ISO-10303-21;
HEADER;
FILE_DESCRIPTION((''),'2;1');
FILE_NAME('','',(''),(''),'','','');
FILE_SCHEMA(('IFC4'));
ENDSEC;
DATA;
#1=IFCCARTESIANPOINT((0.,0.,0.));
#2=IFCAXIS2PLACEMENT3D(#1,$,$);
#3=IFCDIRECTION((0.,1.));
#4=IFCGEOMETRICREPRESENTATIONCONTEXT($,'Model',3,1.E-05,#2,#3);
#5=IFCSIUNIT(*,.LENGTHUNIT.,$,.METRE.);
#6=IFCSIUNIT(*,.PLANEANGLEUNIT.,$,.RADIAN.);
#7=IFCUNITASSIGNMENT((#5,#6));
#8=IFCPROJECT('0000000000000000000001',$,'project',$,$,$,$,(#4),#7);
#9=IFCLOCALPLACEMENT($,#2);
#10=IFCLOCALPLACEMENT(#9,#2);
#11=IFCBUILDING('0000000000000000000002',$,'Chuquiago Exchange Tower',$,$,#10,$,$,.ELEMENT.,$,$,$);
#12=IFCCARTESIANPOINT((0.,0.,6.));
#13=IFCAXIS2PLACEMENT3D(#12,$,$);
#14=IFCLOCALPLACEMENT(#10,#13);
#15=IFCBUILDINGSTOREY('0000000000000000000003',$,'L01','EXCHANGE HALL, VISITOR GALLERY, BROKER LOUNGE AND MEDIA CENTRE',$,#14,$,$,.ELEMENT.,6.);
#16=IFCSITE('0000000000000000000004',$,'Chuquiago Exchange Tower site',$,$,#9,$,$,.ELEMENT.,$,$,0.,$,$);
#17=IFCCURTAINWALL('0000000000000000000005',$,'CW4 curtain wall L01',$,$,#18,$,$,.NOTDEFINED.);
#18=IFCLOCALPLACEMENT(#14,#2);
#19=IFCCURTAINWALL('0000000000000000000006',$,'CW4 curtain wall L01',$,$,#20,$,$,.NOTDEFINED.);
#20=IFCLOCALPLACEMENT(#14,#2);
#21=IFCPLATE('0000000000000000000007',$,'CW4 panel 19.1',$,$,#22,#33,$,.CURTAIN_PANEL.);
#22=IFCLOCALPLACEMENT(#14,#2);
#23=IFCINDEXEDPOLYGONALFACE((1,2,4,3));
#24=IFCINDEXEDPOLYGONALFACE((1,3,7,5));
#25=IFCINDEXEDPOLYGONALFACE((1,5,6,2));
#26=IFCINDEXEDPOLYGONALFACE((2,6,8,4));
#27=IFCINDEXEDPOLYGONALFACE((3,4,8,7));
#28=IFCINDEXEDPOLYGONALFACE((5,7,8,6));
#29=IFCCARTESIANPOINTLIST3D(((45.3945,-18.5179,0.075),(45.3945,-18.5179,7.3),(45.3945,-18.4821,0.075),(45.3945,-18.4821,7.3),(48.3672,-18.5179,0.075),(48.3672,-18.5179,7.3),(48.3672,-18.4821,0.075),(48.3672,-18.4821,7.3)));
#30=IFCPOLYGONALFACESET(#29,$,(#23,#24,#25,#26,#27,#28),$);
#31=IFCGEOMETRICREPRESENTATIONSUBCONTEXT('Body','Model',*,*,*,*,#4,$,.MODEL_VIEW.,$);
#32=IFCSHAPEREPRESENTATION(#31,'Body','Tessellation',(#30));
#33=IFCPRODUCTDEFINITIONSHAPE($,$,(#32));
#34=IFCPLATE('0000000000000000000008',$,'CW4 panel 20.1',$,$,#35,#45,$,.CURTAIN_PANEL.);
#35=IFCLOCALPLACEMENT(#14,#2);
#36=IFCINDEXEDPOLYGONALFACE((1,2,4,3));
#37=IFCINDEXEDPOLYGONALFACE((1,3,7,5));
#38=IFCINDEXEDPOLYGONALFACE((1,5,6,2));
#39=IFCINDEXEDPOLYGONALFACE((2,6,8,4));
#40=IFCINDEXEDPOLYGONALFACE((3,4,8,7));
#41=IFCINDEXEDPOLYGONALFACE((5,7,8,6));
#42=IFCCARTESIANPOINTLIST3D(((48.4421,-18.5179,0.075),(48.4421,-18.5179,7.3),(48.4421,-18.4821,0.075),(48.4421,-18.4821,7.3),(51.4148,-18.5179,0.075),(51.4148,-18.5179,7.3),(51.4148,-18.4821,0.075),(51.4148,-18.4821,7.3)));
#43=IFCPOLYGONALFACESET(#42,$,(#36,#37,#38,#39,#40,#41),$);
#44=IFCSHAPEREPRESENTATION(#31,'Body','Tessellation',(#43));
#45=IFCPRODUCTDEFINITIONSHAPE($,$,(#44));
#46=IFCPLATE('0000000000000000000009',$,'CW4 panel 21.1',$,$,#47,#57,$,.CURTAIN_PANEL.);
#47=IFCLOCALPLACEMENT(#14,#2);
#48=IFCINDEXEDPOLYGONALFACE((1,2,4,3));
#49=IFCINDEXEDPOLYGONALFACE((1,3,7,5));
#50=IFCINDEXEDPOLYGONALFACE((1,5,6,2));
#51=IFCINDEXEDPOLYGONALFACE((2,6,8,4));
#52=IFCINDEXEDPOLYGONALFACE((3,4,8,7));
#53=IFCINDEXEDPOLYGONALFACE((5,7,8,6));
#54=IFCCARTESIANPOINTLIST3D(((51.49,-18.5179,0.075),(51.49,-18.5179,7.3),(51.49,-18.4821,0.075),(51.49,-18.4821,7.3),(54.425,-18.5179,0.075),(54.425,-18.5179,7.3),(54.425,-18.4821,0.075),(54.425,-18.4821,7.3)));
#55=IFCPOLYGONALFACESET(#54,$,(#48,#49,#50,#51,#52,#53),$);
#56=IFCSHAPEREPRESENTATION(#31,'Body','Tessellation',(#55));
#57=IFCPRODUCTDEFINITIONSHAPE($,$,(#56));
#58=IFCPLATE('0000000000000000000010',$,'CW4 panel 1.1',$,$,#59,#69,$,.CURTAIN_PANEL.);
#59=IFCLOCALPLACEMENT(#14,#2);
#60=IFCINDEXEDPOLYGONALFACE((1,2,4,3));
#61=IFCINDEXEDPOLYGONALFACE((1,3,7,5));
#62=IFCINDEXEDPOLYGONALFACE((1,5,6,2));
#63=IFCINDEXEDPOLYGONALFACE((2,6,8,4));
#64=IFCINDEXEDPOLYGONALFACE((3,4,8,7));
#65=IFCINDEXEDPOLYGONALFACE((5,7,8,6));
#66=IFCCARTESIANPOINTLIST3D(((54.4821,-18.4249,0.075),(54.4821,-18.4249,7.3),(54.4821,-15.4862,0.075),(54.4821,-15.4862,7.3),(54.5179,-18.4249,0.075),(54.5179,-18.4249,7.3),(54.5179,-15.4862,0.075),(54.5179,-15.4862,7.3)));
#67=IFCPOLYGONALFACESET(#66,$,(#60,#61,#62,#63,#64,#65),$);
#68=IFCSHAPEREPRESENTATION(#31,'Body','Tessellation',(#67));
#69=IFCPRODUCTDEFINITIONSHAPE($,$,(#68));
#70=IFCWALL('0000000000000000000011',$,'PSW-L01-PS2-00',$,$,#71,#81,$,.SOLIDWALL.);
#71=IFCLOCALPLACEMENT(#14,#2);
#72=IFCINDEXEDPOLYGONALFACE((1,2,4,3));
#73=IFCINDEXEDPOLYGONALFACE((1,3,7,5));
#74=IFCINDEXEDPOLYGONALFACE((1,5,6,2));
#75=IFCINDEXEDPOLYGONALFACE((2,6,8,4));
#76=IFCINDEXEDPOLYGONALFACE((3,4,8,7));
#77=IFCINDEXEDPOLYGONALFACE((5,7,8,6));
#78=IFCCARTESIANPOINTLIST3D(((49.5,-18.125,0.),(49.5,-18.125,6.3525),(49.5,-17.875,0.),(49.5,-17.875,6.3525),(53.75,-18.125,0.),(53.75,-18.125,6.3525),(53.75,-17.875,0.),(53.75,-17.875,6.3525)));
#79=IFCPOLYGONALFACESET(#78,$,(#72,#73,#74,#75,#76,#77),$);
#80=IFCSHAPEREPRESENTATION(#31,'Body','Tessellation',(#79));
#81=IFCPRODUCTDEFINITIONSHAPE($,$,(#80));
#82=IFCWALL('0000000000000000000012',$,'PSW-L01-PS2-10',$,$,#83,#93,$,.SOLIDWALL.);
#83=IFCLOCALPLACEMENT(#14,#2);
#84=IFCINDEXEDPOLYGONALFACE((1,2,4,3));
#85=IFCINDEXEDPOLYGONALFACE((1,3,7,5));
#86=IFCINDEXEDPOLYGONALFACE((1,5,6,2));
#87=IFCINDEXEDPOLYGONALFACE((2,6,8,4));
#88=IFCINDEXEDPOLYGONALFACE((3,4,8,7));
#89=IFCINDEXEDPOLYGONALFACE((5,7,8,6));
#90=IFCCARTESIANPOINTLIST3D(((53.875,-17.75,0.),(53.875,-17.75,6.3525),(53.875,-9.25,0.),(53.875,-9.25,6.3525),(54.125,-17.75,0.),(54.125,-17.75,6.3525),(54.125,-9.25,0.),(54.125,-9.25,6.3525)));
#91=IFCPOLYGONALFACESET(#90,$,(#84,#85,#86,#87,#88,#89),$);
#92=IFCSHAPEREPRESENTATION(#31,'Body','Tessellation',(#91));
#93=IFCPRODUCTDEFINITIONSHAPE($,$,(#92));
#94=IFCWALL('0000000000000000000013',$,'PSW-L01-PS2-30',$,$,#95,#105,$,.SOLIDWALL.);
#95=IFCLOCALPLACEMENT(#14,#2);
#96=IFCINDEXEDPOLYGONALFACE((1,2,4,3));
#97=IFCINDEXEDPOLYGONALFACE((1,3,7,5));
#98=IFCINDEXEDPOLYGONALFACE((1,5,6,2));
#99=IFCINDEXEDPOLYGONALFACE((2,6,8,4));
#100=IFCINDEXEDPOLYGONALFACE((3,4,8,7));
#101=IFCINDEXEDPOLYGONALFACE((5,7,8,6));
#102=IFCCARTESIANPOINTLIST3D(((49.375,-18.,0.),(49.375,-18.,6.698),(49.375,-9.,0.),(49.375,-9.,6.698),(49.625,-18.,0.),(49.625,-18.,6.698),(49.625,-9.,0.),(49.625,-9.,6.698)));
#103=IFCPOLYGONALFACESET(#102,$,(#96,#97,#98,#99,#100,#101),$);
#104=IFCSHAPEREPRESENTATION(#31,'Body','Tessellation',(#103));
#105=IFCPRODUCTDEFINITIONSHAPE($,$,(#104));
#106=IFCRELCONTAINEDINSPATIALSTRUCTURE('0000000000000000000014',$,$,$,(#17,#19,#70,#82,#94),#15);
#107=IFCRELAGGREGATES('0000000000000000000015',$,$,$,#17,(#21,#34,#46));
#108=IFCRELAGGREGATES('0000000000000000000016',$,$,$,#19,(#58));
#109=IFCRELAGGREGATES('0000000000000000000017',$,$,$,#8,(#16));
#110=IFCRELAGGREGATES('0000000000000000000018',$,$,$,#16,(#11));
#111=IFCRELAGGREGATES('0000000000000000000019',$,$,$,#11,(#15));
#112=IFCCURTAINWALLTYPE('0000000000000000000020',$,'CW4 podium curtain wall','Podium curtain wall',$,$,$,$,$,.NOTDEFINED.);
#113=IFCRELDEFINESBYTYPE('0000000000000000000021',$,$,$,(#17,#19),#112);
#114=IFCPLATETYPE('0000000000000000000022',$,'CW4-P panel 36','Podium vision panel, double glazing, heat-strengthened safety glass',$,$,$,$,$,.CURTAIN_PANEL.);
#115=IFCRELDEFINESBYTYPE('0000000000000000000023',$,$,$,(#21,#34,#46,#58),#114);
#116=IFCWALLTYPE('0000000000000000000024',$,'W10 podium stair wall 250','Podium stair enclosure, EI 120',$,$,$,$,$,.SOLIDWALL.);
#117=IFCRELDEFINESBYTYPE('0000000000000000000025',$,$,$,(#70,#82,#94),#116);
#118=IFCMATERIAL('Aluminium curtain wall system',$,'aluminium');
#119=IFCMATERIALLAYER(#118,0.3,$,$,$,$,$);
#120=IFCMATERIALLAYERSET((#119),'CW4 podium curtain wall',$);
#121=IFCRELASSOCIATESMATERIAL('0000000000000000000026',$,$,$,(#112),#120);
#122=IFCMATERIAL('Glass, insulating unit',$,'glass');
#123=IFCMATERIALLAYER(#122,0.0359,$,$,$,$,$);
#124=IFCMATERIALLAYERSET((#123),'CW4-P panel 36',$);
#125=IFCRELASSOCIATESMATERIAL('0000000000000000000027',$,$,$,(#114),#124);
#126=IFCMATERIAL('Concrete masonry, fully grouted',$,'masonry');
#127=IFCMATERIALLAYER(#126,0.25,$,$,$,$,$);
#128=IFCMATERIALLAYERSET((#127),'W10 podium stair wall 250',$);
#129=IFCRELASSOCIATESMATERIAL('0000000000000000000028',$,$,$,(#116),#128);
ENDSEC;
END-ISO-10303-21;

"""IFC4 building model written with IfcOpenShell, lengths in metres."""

from ifc_helpers import new_model, si_unit, direction, frame, frame_2d, origin, origin_2d, place, context, subcontext, project, spatial, rectangle, extrude, material, layer, layer_set, type_object, element, aggregate, save


model = new_model("IFC4")

# Units and contexts
model_context = context("Model", 3, precision=1e-05, world=origin(), true_north=direction((0.0, 1.0)))
body_context = subcontext(model_context, "Body", "Model", "MODEL_VIEW")
ifc_project = project(units=[si_unit("LENGTHUNIT", "METRE"), si_unit("PLANEANGLEUNIT", "RADIAN")], contexts=[model_context])

# Site, building, storey
site_placement = place(None, origin())
site = spatial("IfcSite", under=ifc_project, at=site_placement, Name="Chuquiago Exchange Tower site", CompositionType="ELEMENT", RefElevation=0.0)
building_placement = place(site_placement, origin())
building = spatial("IfcBuilding", under=site, at=building_placement, Name="Chuquiago Exchange Tower", CompositionType="ELEMENT")
storey_placement = place(building_placement, frame((0.0, 0.0, 6.0)))
storey = spatial("IfcBuildingStorey", under=building, at=storey_placement, Name="L01", Description="EXCHANGE HALL, VISITOR GALLERY, BROKER LOUNGE AND MEDIA CENTRE", CompositionType="ELEMENT", Elevation=6.0)

# Curtain walls
ifc_material_1 = material(Name="Aluminium curtain wall system", Category="aluminium")
ifc_layer_1 = layer(ifc_material_1, 0.3)
ifc_layer_set_1 = layer_set([ifc_layer_1], Name="CW4 podium curtain wall")
curtain_wall_type = type_object("IfcCurtainWallType", Name="CW4 podium curtain wall", Description="Podium curtain wall", PredefinedType="NOTDEFINED", material=ifc_layer_set_1)
curtain_wall_1_placement = place(storey_placement, origin())
curtain_wall_1 = element("IfcCurtainWall", 1, at=curtain_wall_1_placement, inside=storey, type_object=curtain_wall_type, Name="CW4 curtain wall L01", PredefinedType="NOTDEFINED")
curtain_wall_2_placement = place(storey_placement, origin())
curtain_wall_2 = element("IfcCurtainWall", 2, at=curtain_wall_2_placement, inside=storey, type_object=curtain_wall_type, Name="CW4 curtain wall L01", PredefinedType="NOTDEFINED")

# Plates
ifc_material_2 = material(Name="Glass, insulating unit", Category="glass")
ifc_layer_2 = layer(ifc_material_2, 0.0359)
ifc_layer_set_2 = layer_set([ifc_layer_2], Name="CW4-P panel 36")
plate_type = type_object("IfcPlateType", Name="CW4-P panel 36", Description="Podium vision panel, double glazing, heat-strengthened safety glass", PredefinedType="CURTAIN_PANEL", material=ifc_layer_set_2)
plate_1_placement = place(storey_placement, frame((46.8809, -18.5, 0.075), z_axis=(0.0, 0.0, 1.0), x_axis=(1.0, 0.0, 0.0)))
plate_1 = element("IfcPlate", 3, at=plate_1_placement, type_object=plate_type, Name="CW4 panel 19.1", PredefinedType="CURTAIN_PANEL", context=body_context, shape_type="SweptSolid", body=[
    extrude(rectangle(XDim=2.9727, YDim=0.0359, at=origin_2d()), origin(), (0.0, 0.0, 1.0), 7.2251),
])
plate_2_placement = place(storey_placement, frame((49.9285, -18.5, 0.075), z_axis=(0.0, 0.0, 1.0), x_axis=(1.0, 0.0, 0.0)))
plate_2 = element("IfcPlate", 4, at=plate_2_placement, type_object=plate_type, Name="CW4 panel 20.1", PredefinedType="CURTAIN_PANEL", context=body_context, shape_type="SweptSolid", body=[
    extrude(rectangle(XDim=2.9727, YDim=0.0359, at=origin_2d()), origin(), (0.0, 0.0, 1.0), 7.2251),
])
plate_3_placement = place(storey_placement, frame((52.9575, -18.5, 0.075), z_axis=(0.0, 0.0, 1.0), x_axis=(1.0, 0.0, 0.0)))
plate_3 = element("IfcPlate", 5, at=plate_3_placement, type_object=plate_type, Name="CW4 panel 21.1", PredefinedType="CURTAIN_PANEL", context=body_context, shape_type="SweptSolid", body=[
    extrude(rectangle(XDim=2.9351, YDim=0.0359, at=origin_2d()), origin(), (0.0, 0.0, 1.0), 7.2251),
])
aggregate(curtain_wall_1, [plate_1, plate_2, plate_3])
plate_4_placement = place(storey_placement, frame((54.5, -16.9556, 0.075), z_axis=(0.0, 0.0, 1.0), x_axis=(0.0, 1.0, 0.0)))
plate_4 = element("IfcPlate", 6, at=plate_4_placement, type_object=plate_type, Name="CW4 panel 1.1", PredefinedType="CURTAIN_PANEL", context=body_context, shape_type="SweptSolid", body=[
    extrude(rectangle(XDim=2.9387, YDim=0.0359, at=origin_2d()), origin(), (0.0, 0.0, 1.0), 7.2251),
])
aggregate(curtain_wall_2, [plate_4])

# Walls
ifc_material_3 = material(Name="Concrete masonry, fully grouted", Category="masonry")
ifc_layer_3 = layer(ifc_material_3, 0.25)
ifc_layer_set_3 = layer_set([ifc_layer_3], Name="W10 podium stair wall 250")
wall_type = type_object("IfcWallType", Name="W10 podium stair wall 250", Description="Podium stair enclosure, EI 120", PredefinedType="SOLIDWALL", material=ifc_layer_set_3)
wall_1_placement = place(storey_placement, frame((49.5, -18.0, 0.0), z_axis=(0.0, 0.0, 1.0), x_axis=(1.0, 0.0, 0.0)))
element("IfcWall", 7, at=wall_1_placement, inside=storey, type_object=wall_type, Name="PSW-L01-PS2-00", PredefinedType="SOLIDWALL", context=body_context, shape_type="SweptSolid", body=[
    extrude(rectangle(XDim=4.25, YDim=0.25, at=frame_2d((2.125, 0.0))), origin(), (0.0, 0.0, 1.0), 6.3525),
])
wall_2_placement = place(storey_placement, frame((54.0, -17.75, 0.0), z_axis=(0.0, 0.0, 1.0), x_axis=(0.0, 1.0, 0.0)))
element("IfcWall", 8, at=wall_2_placement, inside=storey, type_object=wall_type, Name="PSW-L01-PS2-10", PredefinedType="SOLIDWALL", context=body_context, shape_type="SweptSolid", body=[
    extrude(rectangle(XDim=8.5, YDim=0.25, at=frame_2d((4.25, 0.0))), origin(), (0.0, 0.0, 1.0), 6.3525),
])
wall_3_placement = place(storey_placement, frame((49.5, -18.0, 0.0), z_axis=(0.0, 0.0, 1.0), x_axis=(0.0, 1.0, 0.0)))
element("IfcWall", 9, at=wall_3_placement, inside=storey, type_object=wall_type, Name="PSW-L01-PS2-30", PredefinedType="SOLIDWALL", context=body_context, shape_type="SweptSolid", body=[
    extrude(rectangle(XDim=9.0, YDim=0.25, at=frame_2d((4.5, 0.0))), origin(), (0.0, 0.0, 1.0), 6.698),
])

save(model, "model.ifc")
